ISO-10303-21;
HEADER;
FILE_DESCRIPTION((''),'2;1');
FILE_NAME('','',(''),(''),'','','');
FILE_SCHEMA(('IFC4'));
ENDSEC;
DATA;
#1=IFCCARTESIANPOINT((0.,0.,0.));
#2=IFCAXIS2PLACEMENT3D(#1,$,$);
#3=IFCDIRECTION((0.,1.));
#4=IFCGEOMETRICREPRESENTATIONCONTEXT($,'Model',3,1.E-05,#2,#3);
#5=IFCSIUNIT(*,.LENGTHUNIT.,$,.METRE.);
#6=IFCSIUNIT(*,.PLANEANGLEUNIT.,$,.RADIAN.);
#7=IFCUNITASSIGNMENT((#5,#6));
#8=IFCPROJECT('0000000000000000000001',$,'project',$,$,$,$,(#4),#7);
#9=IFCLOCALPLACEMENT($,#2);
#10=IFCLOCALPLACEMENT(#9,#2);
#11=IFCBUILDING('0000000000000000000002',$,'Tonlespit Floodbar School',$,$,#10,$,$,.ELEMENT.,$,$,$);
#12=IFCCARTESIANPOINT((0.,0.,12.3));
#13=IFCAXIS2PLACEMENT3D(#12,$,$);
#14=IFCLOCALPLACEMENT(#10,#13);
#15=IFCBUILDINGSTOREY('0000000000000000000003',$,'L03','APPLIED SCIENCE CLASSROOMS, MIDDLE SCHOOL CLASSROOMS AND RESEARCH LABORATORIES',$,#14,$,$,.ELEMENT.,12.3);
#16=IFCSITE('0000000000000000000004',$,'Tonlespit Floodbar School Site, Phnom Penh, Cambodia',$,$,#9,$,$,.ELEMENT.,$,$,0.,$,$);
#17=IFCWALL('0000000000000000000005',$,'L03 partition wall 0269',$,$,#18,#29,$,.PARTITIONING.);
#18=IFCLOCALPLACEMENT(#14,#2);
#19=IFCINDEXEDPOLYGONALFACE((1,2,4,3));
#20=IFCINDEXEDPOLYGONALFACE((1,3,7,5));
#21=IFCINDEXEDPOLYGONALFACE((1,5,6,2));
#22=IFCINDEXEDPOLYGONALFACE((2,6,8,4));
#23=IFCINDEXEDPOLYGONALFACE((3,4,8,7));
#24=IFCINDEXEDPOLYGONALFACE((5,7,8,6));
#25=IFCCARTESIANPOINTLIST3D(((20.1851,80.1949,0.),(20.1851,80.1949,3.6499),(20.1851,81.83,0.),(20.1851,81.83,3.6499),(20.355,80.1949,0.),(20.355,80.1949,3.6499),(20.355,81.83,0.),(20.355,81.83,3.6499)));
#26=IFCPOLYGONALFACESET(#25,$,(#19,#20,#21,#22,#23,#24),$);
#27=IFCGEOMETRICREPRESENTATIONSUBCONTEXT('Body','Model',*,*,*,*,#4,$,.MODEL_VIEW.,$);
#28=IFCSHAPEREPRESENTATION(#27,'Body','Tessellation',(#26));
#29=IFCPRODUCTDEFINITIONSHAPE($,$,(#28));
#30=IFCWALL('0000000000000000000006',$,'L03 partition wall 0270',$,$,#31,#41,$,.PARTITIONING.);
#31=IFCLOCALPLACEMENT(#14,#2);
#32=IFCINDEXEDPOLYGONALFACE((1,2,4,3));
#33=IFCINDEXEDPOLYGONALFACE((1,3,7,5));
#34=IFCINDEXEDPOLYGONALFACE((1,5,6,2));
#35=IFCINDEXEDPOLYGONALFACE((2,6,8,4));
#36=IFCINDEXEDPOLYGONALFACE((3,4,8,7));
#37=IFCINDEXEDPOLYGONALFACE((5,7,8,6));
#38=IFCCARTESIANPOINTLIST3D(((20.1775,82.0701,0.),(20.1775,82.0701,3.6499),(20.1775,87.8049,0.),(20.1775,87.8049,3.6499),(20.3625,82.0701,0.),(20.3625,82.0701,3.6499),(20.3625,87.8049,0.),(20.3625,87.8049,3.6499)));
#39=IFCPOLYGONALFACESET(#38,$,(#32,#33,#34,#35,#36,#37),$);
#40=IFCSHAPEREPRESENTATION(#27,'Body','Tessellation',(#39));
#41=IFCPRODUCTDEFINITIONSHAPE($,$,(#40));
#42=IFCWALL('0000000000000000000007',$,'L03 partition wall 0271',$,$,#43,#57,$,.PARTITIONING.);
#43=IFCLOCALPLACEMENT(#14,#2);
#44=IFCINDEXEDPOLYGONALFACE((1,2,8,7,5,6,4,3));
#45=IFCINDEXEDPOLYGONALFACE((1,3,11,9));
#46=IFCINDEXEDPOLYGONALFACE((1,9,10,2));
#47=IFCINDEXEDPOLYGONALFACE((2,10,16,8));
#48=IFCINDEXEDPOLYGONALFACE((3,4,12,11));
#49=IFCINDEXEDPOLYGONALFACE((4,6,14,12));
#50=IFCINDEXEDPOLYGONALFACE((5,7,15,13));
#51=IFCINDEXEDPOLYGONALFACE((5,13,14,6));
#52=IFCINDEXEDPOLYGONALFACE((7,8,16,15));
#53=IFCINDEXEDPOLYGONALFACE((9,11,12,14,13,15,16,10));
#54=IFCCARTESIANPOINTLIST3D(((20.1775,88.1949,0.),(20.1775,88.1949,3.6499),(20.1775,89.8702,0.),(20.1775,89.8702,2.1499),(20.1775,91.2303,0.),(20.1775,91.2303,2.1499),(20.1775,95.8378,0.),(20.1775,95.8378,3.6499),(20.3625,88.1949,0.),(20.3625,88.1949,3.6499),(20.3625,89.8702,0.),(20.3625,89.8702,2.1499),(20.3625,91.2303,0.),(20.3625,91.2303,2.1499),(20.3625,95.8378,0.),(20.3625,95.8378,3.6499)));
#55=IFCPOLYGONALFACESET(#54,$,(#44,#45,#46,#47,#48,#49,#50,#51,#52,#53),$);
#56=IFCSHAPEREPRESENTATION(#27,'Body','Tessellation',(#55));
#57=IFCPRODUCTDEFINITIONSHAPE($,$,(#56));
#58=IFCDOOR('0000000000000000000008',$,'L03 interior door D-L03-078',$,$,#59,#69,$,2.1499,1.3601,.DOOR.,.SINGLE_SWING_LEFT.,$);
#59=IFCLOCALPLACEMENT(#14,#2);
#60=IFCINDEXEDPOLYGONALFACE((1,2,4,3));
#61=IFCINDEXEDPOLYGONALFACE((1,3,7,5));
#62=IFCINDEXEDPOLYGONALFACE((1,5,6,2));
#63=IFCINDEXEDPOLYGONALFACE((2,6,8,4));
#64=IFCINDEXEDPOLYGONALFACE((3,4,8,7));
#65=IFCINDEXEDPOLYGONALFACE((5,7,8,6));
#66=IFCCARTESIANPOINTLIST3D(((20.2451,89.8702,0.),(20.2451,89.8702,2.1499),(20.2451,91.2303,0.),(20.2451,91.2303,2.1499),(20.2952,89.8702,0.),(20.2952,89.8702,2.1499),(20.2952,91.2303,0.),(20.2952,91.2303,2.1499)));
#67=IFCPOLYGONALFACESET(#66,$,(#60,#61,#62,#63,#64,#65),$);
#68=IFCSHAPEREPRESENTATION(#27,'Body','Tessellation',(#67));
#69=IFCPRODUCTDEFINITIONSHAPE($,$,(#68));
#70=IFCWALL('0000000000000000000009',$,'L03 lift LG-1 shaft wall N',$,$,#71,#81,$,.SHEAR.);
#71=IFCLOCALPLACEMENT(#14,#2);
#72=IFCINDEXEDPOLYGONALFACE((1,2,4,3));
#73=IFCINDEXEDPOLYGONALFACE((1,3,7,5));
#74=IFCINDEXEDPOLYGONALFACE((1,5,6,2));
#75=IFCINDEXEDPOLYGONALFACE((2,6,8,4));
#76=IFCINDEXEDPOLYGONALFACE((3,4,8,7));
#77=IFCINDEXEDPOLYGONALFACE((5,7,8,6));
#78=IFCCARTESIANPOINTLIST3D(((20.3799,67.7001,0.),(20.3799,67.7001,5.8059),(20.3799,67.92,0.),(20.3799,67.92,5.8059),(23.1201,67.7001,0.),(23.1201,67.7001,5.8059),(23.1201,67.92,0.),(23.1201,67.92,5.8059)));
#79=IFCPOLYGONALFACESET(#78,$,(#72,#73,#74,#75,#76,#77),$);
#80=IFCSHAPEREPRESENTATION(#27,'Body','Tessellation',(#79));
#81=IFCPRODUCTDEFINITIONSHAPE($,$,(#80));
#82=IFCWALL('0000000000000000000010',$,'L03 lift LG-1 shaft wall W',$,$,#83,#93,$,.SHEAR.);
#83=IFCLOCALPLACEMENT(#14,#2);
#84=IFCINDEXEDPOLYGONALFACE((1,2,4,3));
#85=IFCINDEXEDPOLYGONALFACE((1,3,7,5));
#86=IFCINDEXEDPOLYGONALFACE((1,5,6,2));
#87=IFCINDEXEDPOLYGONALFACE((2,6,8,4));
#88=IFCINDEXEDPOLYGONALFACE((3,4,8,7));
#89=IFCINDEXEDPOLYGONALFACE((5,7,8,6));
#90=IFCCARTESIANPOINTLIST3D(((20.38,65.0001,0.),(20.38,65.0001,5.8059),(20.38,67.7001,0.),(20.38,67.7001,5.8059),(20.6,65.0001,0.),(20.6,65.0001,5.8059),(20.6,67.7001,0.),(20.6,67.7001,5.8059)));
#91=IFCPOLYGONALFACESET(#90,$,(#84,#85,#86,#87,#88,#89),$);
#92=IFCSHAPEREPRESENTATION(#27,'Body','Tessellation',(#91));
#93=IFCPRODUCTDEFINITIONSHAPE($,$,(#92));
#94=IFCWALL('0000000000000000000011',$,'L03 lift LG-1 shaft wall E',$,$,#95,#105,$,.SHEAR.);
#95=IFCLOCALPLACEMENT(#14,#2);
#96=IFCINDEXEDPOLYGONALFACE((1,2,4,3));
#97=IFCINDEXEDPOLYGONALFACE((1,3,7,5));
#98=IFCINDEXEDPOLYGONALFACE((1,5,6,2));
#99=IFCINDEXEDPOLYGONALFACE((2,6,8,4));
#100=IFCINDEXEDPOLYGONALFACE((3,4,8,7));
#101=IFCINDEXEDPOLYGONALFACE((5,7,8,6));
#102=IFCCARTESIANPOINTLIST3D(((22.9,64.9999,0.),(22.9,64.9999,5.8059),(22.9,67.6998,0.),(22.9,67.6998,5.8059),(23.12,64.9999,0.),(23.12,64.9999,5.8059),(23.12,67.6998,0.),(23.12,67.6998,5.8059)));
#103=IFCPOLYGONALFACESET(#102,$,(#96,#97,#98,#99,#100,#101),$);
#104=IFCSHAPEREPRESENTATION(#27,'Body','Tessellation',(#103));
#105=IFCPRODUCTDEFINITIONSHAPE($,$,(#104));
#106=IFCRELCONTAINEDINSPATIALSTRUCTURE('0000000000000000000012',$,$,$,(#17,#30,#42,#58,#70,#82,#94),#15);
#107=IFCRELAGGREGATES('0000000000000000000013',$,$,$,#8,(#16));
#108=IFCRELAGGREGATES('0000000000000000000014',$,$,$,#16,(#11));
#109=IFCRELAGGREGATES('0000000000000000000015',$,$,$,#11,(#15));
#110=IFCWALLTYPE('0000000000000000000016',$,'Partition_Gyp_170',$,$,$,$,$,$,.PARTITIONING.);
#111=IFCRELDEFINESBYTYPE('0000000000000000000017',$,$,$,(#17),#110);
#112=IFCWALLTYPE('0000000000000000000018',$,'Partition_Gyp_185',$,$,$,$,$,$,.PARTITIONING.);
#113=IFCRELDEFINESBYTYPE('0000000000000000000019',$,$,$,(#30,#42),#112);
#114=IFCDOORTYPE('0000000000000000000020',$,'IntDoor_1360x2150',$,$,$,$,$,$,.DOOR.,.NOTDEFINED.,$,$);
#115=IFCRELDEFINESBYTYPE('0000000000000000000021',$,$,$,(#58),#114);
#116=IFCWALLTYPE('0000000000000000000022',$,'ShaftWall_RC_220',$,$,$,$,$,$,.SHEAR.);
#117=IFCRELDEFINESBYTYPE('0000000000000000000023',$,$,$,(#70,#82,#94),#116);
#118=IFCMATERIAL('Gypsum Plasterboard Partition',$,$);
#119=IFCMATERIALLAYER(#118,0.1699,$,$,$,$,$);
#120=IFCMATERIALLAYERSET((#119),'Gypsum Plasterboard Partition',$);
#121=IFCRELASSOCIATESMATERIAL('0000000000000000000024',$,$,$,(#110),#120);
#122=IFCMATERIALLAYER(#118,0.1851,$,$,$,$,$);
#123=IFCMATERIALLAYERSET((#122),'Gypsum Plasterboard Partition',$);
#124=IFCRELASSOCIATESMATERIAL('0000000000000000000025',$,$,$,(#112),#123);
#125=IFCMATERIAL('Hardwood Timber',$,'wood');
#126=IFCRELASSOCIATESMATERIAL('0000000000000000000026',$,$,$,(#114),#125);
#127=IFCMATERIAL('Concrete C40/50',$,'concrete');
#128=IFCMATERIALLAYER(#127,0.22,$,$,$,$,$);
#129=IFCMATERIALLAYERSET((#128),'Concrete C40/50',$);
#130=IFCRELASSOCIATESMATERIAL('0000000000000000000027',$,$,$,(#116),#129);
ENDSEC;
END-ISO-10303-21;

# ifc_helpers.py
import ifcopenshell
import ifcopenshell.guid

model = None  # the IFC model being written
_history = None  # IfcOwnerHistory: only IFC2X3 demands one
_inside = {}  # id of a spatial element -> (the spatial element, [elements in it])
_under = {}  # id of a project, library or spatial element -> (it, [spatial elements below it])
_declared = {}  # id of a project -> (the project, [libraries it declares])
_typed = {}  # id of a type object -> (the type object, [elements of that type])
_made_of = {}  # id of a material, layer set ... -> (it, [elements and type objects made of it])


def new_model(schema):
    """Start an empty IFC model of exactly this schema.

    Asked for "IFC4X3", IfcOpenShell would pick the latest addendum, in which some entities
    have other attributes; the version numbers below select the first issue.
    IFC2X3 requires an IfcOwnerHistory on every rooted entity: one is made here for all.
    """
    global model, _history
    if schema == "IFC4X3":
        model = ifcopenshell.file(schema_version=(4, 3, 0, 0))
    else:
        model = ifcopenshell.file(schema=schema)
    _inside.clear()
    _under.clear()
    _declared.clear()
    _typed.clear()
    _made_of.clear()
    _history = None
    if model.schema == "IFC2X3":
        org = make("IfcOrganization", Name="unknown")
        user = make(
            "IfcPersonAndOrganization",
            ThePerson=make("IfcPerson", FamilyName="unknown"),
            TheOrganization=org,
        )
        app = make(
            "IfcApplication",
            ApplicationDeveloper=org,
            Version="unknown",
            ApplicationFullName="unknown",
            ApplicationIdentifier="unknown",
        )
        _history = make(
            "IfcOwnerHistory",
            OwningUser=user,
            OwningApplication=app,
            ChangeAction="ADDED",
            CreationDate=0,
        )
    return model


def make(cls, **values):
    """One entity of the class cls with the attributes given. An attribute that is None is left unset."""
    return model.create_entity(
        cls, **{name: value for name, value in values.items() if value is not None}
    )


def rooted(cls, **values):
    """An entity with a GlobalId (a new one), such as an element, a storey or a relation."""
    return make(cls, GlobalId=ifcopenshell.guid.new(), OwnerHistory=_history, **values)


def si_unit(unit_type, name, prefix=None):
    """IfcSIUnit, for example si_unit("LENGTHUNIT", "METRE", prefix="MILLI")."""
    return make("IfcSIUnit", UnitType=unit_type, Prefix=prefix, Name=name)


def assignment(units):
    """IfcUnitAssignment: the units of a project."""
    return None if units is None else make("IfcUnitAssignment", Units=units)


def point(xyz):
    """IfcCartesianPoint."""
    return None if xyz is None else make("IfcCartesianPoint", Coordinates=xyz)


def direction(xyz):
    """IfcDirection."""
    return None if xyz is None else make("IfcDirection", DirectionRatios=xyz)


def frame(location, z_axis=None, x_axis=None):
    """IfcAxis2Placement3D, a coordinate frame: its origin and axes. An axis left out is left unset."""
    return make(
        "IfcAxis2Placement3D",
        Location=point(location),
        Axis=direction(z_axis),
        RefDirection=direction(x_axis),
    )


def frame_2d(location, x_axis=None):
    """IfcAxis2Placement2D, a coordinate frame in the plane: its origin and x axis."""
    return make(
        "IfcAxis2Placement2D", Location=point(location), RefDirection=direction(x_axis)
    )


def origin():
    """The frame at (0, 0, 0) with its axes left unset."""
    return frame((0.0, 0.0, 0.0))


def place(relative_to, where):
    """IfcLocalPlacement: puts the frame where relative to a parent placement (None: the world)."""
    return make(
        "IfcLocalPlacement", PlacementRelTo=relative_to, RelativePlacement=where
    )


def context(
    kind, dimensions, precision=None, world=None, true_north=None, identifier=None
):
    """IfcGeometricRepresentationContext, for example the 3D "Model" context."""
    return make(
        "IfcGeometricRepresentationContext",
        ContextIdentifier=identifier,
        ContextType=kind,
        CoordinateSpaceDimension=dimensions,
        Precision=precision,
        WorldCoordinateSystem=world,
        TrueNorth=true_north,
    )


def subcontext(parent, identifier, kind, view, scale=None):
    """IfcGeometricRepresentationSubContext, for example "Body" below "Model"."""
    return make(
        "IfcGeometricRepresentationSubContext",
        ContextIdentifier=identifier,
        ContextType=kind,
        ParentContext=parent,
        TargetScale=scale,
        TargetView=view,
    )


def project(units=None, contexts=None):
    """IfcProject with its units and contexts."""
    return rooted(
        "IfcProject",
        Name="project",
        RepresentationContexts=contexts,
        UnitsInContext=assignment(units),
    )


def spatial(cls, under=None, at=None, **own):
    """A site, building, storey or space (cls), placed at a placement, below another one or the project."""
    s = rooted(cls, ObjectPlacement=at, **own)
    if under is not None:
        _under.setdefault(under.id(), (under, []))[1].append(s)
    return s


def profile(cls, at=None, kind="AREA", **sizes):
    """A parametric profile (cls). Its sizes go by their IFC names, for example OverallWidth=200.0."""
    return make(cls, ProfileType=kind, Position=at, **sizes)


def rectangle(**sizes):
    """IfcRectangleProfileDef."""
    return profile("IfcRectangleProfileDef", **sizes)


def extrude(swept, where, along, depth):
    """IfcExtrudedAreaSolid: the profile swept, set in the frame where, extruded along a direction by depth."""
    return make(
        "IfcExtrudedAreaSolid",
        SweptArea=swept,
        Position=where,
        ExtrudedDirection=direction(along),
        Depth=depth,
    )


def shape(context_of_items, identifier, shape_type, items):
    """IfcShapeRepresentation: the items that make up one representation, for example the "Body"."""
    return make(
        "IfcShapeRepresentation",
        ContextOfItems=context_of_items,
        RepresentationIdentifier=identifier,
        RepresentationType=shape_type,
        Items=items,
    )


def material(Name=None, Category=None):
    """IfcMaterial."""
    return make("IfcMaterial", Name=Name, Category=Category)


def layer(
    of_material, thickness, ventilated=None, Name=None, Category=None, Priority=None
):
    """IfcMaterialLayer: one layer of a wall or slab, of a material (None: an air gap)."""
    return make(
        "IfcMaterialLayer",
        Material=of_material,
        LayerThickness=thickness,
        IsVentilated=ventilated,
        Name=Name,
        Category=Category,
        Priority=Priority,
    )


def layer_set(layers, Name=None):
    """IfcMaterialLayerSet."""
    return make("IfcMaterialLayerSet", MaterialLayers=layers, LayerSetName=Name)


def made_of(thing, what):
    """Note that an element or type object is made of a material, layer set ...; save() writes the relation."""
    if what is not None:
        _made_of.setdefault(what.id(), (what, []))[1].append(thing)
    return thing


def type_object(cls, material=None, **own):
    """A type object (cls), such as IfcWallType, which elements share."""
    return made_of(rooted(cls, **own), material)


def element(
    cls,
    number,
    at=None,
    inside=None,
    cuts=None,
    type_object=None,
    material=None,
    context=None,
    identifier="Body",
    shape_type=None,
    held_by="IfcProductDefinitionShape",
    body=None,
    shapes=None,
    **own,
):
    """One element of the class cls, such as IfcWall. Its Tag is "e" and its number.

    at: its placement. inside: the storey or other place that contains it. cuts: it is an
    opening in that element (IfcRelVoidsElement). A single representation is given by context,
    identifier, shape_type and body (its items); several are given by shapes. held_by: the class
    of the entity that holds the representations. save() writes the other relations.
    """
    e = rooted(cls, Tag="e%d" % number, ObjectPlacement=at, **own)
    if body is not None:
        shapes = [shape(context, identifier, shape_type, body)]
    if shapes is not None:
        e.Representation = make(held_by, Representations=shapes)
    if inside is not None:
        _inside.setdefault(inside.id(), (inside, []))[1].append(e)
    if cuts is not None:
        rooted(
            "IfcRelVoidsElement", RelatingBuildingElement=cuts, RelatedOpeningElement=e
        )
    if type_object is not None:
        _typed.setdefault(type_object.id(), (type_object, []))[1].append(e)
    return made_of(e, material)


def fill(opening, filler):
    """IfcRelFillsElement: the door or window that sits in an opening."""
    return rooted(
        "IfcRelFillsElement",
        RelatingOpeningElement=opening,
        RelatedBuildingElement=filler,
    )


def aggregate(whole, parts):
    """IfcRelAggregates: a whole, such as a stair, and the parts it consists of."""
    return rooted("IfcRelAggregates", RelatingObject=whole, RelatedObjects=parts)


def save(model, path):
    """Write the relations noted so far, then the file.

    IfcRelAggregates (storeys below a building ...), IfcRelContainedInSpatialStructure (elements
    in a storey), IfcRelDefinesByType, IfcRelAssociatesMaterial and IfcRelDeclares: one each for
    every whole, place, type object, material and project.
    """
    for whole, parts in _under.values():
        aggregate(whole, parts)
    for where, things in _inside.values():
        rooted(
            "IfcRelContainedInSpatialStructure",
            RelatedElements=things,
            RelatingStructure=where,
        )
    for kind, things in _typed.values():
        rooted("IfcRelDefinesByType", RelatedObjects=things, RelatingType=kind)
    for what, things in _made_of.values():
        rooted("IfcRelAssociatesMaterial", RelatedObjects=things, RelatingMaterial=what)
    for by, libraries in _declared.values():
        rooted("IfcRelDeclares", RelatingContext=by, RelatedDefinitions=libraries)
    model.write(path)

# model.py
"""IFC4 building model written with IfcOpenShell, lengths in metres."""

from ifc_helpers import new_model, si_unit, direction, frame, frame_2d, origin, place, context, subcontext, project, spatial, rectangle, extrude, material, layer, layer_set, type_object, element, fill, save


model = new_model("IFC4")

# Units and contexts
model_context = context("Model", 3, precision=1e-05, world=origin(), true_north=direction((0.0, 1.0)))
body_context = subcontext(model_context, "Body", "Model", "MODEL_VIEW")
ifc_project = project(units=[si_unit("LENGTHUNIT", "METRE"), si_unit("PLANEANGLEUNIT", "RADIAN")], contexts=[model_context])

# Site, building, storey
site_placement = place(None, origin())
site = spatial("IfcSite", under=ifc_project, at=site_placement, Name="Tonlespit Floodbar School Site, Phnom Penh, Cambodia", CompositionType="ELEMENT", RefElevation=0.0)
building_placement = place(site_placement, origin())
building = spatial("IfcBuilding", under=site, at=building_placement, Name="Tonlespit Floodbar School", CompositionType="ELEMENT")
storey_placement = place(building_placement, frame((0.0, 0.0, 12.3)))
storey = spatial("IfcBuildingStorey", under=building, at=storey_placement, Name="L03", Description="APPLIED SCIENCE CLASSROOMS, MIDDLE SCHOOL CLASSROOMS AND RESEARCH LABORATORIES", CompositionType="ELEMENT", Elevation=12.3)

# Shared definitions
ifc_material_1 = material(Name="Concrete C40/50", Category="concrete")
ifc_material_2 = material(Name="Gypsum Plasterboard Partition")

# Shared definitions
ifc_material_3 = material(Name="Hardwood Timber", Category="wood")

# Shared definitions
ifc_layer_1 = layer(ifc_material_2, 0.1699)
ifc_layer_set_1 = layer_set([ifc_layer_1], Name="Gypsum Plasterboard Partition")
wall_type_1 = type_object("IfcWallType", Name="Partition_Gyp_170", PredefinedType="PARTITIONING", material=ifc_layer_set_1)

# Walls
wall_1_placement = place(storey_placement, frame((20.27, 80.1951, 0.0), z_axis=(0.0, 0.0, 1.0), x_axis=(0.0, 1.0, 0.0)))
element("IfcWall", 1, at=wall_1_placement, inside=storey, type_object=wall_type_1, Name="L03 partition wall 0269", PredefinedType="PARTITIONING", context=body_context, shape_type="SweptSolid", body=[
    extrude(rectangle(XDim=1.635, YDim=0.1699, at=frame_2d((0.8174, 0.0))), origin(), (0.0, 0.0, 1.0), 3.6499),
])
ifc_layer_2 = layer(ifc_material_2, 0.1851)
ifc_layer_set_2 = layer_set([ifc_layer_2], Name="Gypsum Plasterboard Partition")
wall_type_2 = type_object("IfcWallType", Name="Partition_Gyp_185", PredefinedType="PARTITIONING", material=ifc_layer_set_2)
wall_2_placement = place(storey_placement, frame((20.27, 82.0701, 0.0), z_axis=(0.0, 0.0, 1.0), x_axis=(0.0, 1.0, 0.0)))
element("IfcWall", 2, at=wall_2_placement, inside=storey, type_object=wall_type_2, Name="L03 partition wall 0270", PredefinedType="PARTITIONING", context=body_context, shape_type="SweptSolid", body=[
    extrude(rectangle(XDim=5.7349, YDim=0.1851, at=frame_2d((2.8674, 0.0))), origin(), (0.0, 0.0, 1.0), 3.6499),
])

# Wall, opening, door
wall_3_placement = place(storey_placement, frame((20.27, 88.1951, 0.0), z_axis=(0.0, 0.0, 1.0), x_axis=(0.0, 1.0, 0.0)))
wall_3 = element("IfcWall", 3, at=wall_3_placement, inside=storey, type_object=wall_type_2, Name="L03 partition wall 0271", PredefinedType="PARTITIONING", context=body_context, shape_type="SweptSolid", body=[
    extrude(rectangle(XDim=7.6428, YDim=0.1851, at=frame_2d((3.8213, 0.0))), origin(), (0.0, 0.0, 1.0), 3.6499),
])
opening_1_placement = place(wall_3_placement, frame((1.675, 0.0, 0.0)))
opening_1 = element("IfcOpeningElement", 4, at=opening_1_placement, cuts=wall_3, PredefinedType="OPENING", context=body_context, shape_type="SweptSolid", body=[
    extrude(rectangle(XDim=1.3601, YDim=2.1499, at=frame_2d((0.6802, 1.075))), frame((0.0, 0.1025, 0.0), z_axis=(0.0, -1.0, 0.0), x_axis=(1.0, 0.0, 0.0)), (0.0, 0.0, 1.0), 0.2051),
])
door_type_1 = type_object("IfcDoorType", Name="IntDoor_1360x2150", OperationType="NOTDEFINED", PredefinedType="DOOR", material=ifc_material_3)
door_1_placement = place(opening_1_placement, origin())
door_1 = element("IfcDoor", 5, at=door_1_placement, inside=storey, type_object=door_type_1, Name="L03 interior door D-L03-078", OperationType="SINGLE_SWING_LEFT", OverallHeight=2.1499, OverallWidth=1.3601, PredefinedType="DOOR", context=body_context, shape_type="SweptSolid", body=[
    extrude(rectangle(XDim=1.3601, YDim=2.1499, at=frame_2d((0.6802, 1.075))), frame((0.0, 0.0249, 0.0), z_axis=(0.0, -1.0, 0.0), x_axis=(1.0, 0.0, 0.0)), (0.0, 0.0, 1.0), 0.05),
])
fill(opening_1, door_1)
ifc_layer_3 = layer(ifc_material_1, 0.22)
ifc_layer_set_3 = layer_set([ifc_layer_3], Name="Concrete C40/50")
wall_type_3 = type_object("IfcWallType", Name="ShaftWall_RC_220", PredefinedType="SHEAR", material=ifc_layer_set_3)

# Walls
wall_4_placement = place(storey_placement, frame((20.3799, 67.8101, 0.0), z_axis=(0.0, 0.0, 1.0), x_axis=(1.0, 0.0, 0.0)))
element("IfcWall", 6, at=wall_4_placement, inside=storey, type_object=wall_type_3, Name="L03 lift LG-1 shaft wall N", PredefinedType="SHEAR", context=body_context, shape_type="SweptSolid", body=[
    extrude(rectangle(XDim=2.7402, YDim=0.22, at=frame_2d((1.3701, 0.0))), origin(), (0.0, 0.0, 1.0), 5.8059),
])
for number, where, z_axis, x_axis, name in (
    (7, (20.49, 65.0, 0.0), (0.0, 0.0, 1.0), (0.0, 1.0, 0.0), "L03 lift LG-1 shaft wall W"),
    (8, (23.01, 67.7, 0.0), (0.0, 0.0, 1.0), (0.0, -1.0, 0.0), "L03 lift LG-1 shaft wall E"),
):
    element("IfcWall", number, at=place(storey_placement, frame(where, z_axis=z_axis, x_axis=x_axis)), inside=storey, type_object=wall_type_3, Name=name, PredefinedType="SHEAR", context=body_context, shape_type="SweptSolid", body=[
        extrude(rectangle(XDim=2.7, YDim=0.22, at=frame_2d((1.3501, 0.0))), origin(), (0.0, 0.0, 1.0), 5.8059),
    ])

save(model, "model.ifc")
